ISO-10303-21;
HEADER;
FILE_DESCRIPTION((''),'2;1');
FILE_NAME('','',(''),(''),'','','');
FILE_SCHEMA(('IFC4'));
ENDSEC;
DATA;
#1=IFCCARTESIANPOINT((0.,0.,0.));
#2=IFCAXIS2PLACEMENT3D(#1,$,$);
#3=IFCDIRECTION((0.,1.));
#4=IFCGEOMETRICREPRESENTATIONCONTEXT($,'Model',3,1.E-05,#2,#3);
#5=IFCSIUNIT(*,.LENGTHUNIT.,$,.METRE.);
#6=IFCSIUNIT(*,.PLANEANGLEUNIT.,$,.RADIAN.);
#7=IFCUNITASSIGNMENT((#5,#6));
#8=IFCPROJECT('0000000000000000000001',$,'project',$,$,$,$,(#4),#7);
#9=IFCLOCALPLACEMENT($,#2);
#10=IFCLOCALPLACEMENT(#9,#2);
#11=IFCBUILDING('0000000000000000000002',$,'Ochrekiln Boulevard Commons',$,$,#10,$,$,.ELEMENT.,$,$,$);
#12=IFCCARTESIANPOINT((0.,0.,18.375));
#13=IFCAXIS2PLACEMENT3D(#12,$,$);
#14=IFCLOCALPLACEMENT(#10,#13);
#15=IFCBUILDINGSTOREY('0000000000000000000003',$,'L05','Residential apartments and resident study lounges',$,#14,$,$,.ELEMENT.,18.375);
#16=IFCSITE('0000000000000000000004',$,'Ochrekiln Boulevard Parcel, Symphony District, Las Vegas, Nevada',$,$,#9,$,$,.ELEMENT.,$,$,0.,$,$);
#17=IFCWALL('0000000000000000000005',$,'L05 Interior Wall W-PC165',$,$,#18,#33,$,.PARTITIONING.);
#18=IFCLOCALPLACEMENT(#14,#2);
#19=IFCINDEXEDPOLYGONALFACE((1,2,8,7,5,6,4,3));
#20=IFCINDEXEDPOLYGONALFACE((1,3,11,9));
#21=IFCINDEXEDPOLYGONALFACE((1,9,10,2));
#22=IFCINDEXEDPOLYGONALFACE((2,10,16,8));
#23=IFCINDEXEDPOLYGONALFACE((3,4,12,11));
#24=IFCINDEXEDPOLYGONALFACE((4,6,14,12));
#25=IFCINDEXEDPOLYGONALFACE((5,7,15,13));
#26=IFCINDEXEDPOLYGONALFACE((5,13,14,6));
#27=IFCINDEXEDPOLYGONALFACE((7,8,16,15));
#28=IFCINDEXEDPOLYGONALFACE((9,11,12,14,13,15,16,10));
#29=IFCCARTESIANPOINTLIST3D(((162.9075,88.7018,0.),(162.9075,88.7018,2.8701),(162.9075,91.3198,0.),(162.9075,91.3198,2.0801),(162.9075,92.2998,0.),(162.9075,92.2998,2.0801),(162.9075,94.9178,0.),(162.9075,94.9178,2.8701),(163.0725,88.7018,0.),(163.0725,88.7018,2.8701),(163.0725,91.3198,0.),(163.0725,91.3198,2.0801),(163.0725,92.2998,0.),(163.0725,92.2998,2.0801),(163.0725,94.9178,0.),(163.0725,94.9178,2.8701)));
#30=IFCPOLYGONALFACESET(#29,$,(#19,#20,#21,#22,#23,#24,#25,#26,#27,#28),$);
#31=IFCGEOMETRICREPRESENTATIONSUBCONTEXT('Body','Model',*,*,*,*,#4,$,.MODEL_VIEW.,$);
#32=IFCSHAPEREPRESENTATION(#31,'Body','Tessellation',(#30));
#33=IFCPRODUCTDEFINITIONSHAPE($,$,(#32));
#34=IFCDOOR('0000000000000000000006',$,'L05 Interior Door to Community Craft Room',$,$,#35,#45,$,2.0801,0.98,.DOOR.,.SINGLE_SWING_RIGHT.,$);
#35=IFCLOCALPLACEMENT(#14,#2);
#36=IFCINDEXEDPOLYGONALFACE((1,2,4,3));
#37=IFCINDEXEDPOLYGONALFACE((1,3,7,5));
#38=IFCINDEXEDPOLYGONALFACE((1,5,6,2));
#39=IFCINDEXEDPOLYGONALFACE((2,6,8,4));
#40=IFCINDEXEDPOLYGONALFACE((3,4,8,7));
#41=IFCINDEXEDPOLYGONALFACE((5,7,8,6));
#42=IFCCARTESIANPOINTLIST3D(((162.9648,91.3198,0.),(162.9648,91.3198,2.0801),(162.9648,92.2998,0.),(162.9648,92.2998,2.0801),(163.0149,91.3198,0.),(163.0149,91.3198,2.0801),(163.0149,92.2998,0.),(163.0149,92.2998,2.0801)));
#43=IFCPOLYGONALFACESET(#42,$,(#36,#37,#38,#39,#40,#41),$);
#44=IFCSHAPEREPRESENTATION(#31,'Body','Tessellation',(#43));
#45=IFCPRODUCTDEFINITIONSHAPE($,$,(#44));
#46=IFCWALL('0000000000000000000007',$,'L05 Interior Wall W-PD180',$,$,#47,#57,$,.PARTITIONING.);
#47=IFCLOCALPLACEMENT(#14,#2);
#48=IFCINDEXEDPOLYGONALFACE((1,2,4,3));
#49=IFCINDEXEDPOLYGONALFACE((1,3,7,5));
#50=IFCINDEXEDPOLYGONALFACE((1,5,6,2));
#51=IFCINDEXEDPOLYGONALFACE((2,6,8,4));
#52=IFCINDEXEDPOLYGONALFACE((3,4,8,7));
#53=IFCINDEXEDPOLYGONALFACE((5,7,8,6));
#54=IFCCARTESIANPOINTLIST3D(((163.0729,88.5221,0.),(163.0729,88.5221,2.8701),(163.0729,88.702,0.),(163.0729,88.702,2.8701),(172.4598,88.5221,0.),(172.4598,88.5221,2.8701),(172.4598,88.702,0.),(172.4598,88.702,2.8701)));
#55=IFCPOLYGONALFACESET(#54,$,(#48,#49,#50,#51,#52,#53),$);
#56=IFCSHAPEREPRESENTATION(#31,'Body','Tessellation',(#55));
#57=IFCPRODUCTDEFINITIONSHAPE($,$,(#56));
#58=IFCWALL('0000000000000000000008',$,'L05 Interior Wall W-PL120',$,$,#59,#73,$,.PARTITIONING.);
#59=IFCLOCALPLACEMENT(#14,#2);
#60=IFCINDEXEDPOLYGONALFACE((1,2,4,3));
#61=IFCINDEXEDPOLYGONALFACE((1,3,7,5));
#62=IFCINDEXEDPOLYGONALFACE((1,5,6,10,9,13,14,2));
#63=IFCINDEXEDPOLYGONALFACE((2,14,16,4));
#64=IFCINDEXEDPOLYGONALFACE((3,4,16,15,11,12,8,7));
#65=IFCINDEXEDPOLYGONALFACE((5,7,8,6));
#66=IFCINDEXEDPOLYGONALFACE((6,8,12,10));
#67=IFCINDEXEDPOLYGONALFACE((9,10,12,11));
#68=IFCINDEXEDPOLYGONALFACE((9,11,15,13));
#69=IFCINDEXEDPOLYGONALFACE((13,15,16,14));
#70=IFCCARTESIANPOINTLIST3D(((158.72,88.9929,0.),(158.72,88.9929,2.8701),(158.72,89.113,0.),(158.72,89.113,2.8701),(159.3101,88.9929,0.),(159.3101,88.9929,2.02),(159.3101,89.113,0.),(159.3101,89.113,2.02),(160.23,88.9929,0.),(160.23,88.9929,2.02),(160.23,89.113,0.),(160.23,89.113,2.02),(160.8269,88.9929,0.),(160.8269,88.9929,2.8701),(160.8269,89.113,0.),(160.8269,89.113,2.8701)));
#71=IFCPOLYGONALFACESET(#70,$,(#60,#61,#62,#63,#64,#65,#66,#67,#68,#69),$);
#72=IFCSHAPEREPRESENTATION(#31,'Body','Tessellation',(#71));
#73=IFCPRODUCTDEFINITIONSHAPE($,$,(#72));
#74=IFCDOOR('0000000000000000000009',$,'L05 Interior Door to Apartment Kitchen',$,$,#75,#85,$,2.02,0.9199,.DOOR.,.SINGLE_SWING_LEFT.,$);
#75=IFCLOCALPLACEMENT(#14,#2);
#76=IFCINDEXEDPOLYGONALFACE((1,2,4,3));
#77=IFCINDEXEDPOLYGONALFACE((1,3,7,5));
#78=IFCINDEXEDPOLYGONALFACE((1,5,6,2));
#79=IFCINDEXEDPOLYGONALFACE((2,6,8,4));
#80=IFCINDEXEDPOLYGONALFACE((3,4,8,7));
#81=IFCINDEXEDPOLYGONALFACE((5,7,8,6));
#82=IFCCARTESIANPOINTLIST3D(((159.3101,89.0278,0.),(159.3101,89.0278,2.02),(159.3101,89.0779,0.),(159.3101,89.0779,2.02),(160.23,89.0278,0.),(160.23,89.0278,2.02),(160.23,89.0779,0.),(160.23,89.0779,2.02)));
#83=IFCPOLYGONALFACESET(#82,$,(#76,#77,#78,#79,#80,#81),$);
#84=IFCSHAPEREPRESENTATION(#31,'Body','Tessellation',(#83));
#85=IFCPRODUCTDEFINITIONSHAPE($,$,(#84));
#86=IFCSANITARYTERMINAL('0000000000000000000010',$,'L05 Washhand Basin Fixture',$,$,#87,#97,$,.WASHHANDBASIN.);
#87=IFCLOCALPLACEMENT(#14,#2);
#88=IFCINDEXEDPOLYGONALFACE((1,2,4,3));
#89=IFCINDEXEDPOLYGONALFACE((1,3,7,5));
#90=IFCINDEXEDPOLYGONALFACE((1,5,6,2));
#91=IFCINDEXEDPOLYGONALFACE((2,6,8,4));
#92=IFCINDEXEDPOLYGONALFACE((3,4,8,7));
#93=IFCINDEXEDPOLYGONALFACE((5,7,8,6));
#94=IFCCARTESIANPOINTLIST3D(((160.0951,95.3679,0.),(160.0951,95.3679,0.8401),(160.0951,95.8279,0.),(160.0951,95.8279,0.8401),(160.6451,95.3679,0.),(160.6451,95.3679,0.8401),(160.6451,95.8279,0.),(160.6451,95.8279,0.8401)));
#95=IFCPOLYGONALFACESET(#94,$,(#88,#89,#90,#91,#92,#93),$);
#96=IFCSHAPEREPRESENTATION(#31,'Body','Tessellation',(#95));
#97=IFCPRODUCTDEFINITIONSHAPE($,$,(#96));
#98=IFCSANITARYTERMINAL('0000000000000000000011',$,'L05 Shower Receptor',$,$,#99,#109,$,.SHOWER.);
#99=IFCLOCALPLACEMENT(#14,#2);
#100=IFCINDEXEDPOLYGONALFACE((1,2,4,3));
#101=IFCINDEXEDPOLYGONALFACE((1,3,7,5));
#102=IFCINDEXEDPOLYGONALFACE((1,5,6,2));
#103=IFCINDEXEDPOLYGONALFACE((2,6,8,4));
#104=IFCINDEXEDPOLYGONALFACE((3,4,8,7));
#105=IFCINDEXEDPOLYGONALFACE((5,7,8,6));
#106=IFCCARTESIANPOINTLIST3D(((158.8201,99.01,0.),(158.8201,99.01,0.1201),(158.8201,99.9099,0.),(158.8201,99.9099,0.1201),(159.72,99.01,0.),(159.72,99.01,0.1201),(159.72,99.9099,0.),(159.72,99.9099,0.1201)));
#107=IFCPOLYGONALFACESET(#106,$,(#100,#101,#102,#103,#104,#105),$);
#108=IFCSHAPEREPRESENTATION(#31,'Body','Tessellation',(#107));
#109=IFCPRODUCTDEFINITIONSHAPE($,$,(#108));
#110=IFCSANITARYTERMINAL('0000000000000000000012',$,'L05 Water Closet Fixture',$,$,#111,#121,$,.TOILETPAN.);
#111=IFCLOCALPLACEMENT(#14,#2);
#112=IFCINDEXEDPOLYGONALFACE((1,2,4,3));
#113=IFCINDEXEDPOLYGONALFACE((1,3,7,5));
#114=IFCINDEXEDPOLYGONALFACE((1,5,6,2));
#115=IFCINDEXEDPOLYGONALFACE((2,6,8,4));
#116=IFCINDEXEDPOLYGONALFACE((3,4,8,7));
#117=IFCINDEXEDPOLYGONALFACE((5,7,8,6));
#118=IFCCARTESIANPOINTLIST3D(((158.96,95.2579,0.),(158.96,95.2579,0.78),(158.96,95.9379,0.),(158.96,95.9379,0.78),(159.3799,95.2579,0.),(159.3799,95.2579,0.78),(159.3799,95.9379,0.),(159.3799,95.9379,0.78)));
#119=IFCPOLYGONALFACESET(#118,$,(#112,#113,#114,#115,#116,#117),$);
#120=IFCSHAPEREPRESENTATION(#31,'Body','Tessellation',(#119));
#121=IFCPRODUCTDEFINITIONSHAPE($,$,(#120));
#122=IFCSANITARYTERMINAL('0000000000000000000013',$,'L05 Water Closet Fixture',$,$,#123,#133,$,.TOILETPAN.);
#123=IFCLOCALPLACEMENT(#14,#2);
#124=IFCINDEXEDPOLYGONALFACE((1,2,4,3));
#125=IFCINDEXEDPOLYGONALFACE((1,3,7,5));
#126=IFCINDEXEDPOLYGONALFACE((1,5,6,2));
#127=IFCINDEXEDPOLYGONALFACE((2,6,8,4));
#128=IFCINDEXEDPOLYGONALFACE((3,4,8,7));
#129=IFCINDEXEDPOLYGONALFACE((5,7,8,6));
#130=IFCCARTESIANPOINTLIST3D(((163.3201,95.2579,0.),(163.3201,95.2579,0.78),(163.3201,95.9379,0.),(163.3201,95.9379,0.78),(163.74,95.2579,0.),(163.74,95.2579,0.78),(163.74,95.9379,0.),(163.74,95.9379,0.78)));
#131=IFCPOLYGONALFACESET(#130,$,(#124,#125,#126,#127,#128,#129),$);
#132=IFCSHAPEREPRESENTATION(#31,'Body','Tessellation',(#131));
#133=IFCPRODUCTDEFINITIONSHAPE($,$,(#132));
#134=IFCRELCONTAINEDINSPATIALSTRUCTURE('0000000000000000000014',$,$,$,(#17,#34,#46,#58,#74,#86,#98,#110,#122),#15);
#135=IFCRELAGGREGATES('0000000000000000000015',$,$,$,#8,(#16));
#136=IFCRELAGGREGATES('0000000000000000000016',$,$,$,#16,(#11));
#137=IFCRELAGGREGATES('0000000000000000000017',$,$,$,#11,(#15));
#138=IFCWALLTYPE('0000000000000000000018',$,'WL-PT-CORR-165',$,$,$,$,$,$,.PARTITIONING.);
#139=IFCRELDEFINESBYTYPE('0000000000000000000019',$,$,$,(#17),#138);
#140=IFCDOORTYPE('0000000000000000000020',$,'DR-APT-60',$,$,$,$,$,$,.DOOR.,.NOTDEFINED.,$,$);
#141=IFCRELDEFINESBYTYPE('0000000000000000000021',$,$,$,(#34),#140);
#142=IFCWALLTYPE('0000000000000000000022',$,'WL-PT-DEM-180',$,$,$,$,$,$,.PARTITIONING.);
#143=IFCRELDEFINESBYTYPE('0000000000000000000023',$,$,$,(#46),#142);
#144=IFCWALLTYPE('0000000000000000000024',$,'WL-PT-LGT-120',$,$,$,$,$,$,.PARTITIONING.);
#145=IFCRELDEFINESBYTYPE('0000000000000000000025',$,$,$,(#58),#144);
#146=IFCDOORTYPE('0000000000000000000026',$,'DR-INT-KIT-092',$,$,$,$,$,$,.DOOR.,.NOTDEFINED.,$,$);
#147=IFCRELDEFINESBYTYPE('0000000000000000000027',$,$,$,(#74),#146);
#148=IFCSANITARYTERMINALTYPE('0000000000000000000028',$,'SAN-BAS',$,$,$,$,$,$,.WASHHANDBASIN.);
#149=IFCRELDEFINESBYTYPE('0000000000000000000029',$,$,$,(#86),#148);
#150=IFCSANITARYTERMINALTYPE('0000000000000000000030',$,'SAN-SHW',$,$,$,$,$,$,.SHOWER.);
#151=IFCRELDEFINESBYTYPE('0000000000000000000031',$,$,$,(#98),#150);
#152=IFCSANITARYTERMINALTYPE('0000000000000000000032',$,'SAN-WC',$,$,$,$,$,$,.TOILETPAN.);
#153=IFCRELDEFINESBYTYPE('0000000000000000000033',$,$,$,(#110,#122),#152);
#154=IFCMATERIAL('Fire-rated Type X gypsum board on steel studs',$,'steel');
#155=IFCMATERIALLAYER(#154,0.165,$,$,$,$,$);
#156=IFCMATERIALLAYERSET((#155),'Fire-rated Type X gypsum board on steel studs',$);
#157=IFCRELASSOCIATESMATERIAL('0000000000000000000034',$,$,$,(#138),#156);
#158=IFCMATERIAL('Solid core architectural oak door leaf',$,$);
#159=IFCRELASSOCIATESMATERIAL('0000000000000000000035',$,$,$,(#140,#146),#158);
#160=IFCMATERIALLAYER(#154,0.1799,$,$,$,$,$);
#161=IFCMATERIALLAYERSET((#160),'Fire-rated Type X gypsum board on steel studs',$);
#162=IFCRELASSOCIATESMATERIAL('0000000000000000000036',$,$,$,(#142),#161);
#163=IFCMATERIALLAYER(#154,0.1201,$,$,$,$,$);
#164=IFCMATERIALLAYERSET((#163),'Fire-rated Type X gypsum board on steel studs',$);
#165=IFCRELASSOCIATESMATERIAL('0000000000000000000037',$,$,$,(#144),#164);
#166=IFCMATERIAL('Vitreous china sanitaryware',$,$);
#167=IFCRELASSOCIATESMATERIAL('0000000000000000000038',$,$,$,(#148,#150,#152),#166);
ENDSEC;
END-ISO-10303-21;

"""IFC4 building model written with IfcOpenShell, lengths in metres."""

from ifc_helpers import new_model, si_unit, direction, frame, frame_2d, origin, origin_2d, place, context, subcontext, project, spatial, rectangle, extrude, material, layer, layer_set, type_object, element, fill, save


model = new_model("IFC4")

# Units and contexts
model_context = context("Model", 3, precision=1e-05, world=origin(), true_north=direction((0.0, 1.0)))
body_context = subcontext(model_context, "Body", "Model", "MODEL_VIEW")
ifc_project = project(units=[si_unit("LENGTHUNIT", "METRE"), si_unit("PLANEANGLEUNIT", "RADIAN")], contexts=[model_context])

# Site, building, storey
site_placement = place(None, origin())
site = spatial("IfcSite", under=ifc_project, at=site_placement, Name="Ochrekiln Boulevard Parcel, Symphony District, Las Vegas, Nevada", CompositionType="ELEMENT", RefElevation=0.0)
building_placement = place(site_placement, origin())
building = spatial("IfcBuilding", under=site, at=building_placement, Name="Ochrekiln Boulevard Commons", CompositionType="ELEMENT")
storey_placement = place(building_placement, frame((0.0, 0.0, 18.375)))
storey = spatial("IfcBuildingStorey", under=building, at=storey_placement, Name="L05", Description="Residential apartments and resident study lounges", CompositionType="ELEMENT", Elevation=18.375)

# Shared definitions
ifc_material_1 = material(Name="Solid core architectural oak door leaf")

# Shared definitions
ifc_material_2 = material(Name="Fire-rated Type X gypsum board on steel studs", Category="steel")
ifc_layer_1 = layer(ifc_material_2, 0.165)
ifc_layer_set_1 = layer_set([ifc_layer_1], Name="Fire-rated Type X gypsum board on steel studs")
wall_type_1 = type_object("IfcWallType", Name="WL-PT-CORR-165", PredefinedType="PARTITIONING", material=ifc_layer_set_1)

# Wall, opening, door
wall_1_placement = place(storey_placement, frame((162.99, 88.7019, 0.0), z_axis=(0.0, 0.0, 1.0), x_axis=(0.0, 1.0, 0.0)))
wall_1 = element("IfcWall", 1, at=wall_1_placement, inside=storey, type_object=wall_type_1, Name="L05 Interior Wall W-PC165", PredefinedType="PARTITIONING", context=body_context, shape_type="SweptSolid", body=[
    extrude(rectangle(XDim=6.2161, YDim=0.165, at=frame_2d((3.1079, 0.0))), origin(), (0.0, 0.0, 1.0), 2.8701),
])
opening_1_placement = place(wall_1_placement, frame((2.6179, 0.0, 0.0)))
opening_1 = element("IfcOpeningElement", 2, at=opening_1_placement, cuts=wall_1, PredefinedType="OPENING", context=body_context, shape_type="SweptSolid", body=[
    extrude(rectangle(XDim=0.98, YDim=2.0801, at=frame_2d((0.49, 1.04))), frame((0.0, 0.0925, 0.0), z_axis=(0.0, -1.0, 0.0), x_axis=(1.0, 0.0, 0.0)), (0.0, 0.0, 1.0), 0.1851),
])
door_type_1 = type_object("IfcDoorType", Name="DR-APT-60", OperationType="NOTDEFINED", PredefinedType="DOOR", material=ifc_material_1)
door_1_placement = place(opening_1_placement, frame((0.98, 0.0, 0.0), z_axis=(0.0, 0.0, 1.0), x_axis=(-1.0, 0.0, 0.0)))
door_1 = element("IfcDoor", 3, at=door_1_placement, inside=storey, type_object=door_type_1, Name="L05 Interior Door to Community Craft Room", OperationType="SINGLE_SWING_RIGHT", OverallHeight=2.0801, OverallWidth=0.98, PredefinedType="DOOR", context=body_context, shape_type="SweptSolid", body=[
    extrude(rectangle(XDim=0.98, YDim=2.0801, at=frame_2d((0.49, 1.04))), frame((0.0, 0.0249, 0.0), z_axis=(0.0, -1.0, 0.0), x_axis=(1.0, 0.0, 0.0)), (0.0, 0.0, 1.0), 0.05),
])
fill(opening_1, door_1)

# Wall
ifc_layer_2 = layer(ifc_material_2, 0.1799)
ifc_layer_set_2 = layer_set([ifc_layer_2], Name="Fire-rated Type X gypsum board on steel studs")
wall_type_2 = type_object("IfcWallType", Name="WL-PT-DEM-180", PredefinedType="PARTITIONING", material=ifc_layer_set_2)
wall_2_placement = place(storey_placement, frame((163.073, 88.6121, 0.0), z_axis=(0.0, 0.0, 1.0), x_axis=(1.0, 0.0, 0.0)))
element("IfcWall", 4, at=wall_2_placement, inside=storey, type_object=wall_type_2, Name="L05 Interior Wall W-PD180", PredefinedType="PARTITIONING", context=body_context, shape_type="SweptSolid", body=[
    extrude(rectangle(XDim=9.387, YDim=0.1799, at=frame_2d((4.6934, 0.0))), origin(), (0.0, 0.0, 1.0), 2.8701),
])

# Wall, opening, door
ifc_layer_3 = layer(ifc_material_2, 0.1201)
ifc_layer_set_3 = layer_set([ifc_layer_3], Name="Fire-rated Type X gypsum board on steel studs")
wall_type_3 = type_object("IfcWallType", Name="WL-PT-LGT-120", PredefinedType="PARTITIONING", material=ifc_layer_set_3)
wall_3_placement = place(storey_placement, frame((158.72, 89.053, 0.0), z_axis=(0.0, 0.0, 1.0), x_axis=(1.0, 0.0, 0.0)))
wall_3 = element("IfcWall", 5, at=wall_3_placement, inside=storey, type_object=wall_type_3, Name="L05 Interior Wall W-PL120", PredefinedType="PARTITIONING", context=body_context, shape_type="SweptSolid", body=[
    extrude(rectangle(XDim=2.1069, YDim=0.1201, at=frame_2d((1.0535, 0.0))), origin(), (0.0, 0.0, 1.0), 2.8701),
])
opening_2_placement = place(wall_3_placement, frame((0.5901, 0.0, 0.0)))
opening_2 = element("IfcOpeningElement", 6, at=opening_2_placement, cuts=wall_3, PredefinedType="OPENING", context=body_context, shape_type="SweptSolid", body=[
    extrude(rectangle(XDim=0.9199, YDim=2.02, at=frame_2d((0.46, 1.01))), frame((0.0, 0.0701, 0.0), z_axis=(0.0, -1.0, 0.0), x_axis=(1.0, 0.0, 0.0)), (0.0, 0.0, 1.0), 0.1401),
])
door_type_2 = type_object("IfcDoorType", Name="DR-INT-KIT-092", OperationType="NOTDEFINED", PredefinedType="DOOR", material=ifc_material_1)
door_2_placement = place(opening_2_placement, origin())
door_2 = element("IfcDoor", 7, at=door_2_placement, inside=storey, type_object=door_type_2, Name="L05 Interior Door to Apartment Kitchen", OperationType="SINGLE_SWING_LEFT", OverallHeight=2.02, OverallWidth=0.9199, PredefinedType="DOOR", context=body_context, shape_type="SweptSolid", body=[
    extrude(rectangle(XDim=0.9199, YDim=2.02, at=frame_2d((0.46, 1.01))), frame((0.0, 0.0249, 0.0), z_axis=(0.0, -1.0, 0.0), x_axis=(1.0, 0.0, 0.0)), (0.0, 0.0, 1.0), 0.05),
])
fill(opening_2, door_2)

# Sanitary terminals
ifc_material_3 = material(Name="Vitreous china sanitaryware")
sanitary_terminal_type_1 = type_object("IfcSanitaryTerminalType", Name="SAN-BAS", PredefinedType="WASHHANDBASIN", material=ifc_material_3)
sanitary_terminal_1_placement = place(storey_placement, frame((160.3701, 95.5979, 0.0), z_axis=(0.0, 0.0, 1.0), x_axis=(1.0, 0.0, 0.0)))
element("IfcSanitaryTerminal", 8, at=sanitary_terminal_1_placement, inside=storey, type_object=sanitary_terminal_type_1, Name="L05 Washhand Basin Fixture", PredefinedType="WASHHANDBASIN", context=body_context, shape_type="SweptSolid", body=[
    extrude(rectangle(XDim=0.55, YDim=0.46, at=origin_2d()), origin(), (0.0, 0.0, 1.0), 0.8401),
])
sanitary_terminal_type_2 = type_object("IfcSanitaryTerminalType", Name="SAN-SHW", PredefinedType="SHOWER", material=ifc_material_3)
sanitary_terminal_2_placement = place(storey_placement, frame((159.27, 99.46, 0.0), z_axis=(0.0, 0.0, 1.0), x_axis=(1.0, 0.0, 0.0)))
element("IfcSanitaryTerminal", 9, at=sanitary_terminal_2_placement, inside=storey, type_object=sanitary_terminal_type_2, Name="L05 Shower Receptor", PredefinedType="SHOWER", context=body_context, shape_type="SweptSolid", body=[
    extrude(rectangle(XDim=0.8999, YDim=0.8999, at=origin_2d()), origin(), (0.0, 0.0, 1.0), 0.1201),
])
sanitary_terminal_type_3 = type_object("IfcSanitaryTerminalType", Name="SAN-WC", PredefinedType="TOILETPAN", material=ifc_material_3)
for number, where, z_axis, x_axis, name in (
    (10, (159.1699, 95.5979, 0.0), (0.0, 0.0, 1.0), (1.0, 0.0, 0.0), "L05 Water Closet Fixture"),
    (11, (163.53, 95.5979, 0.0), (0.0, 0.0, 1.0), (1.0, 0.0, 0.0), "L05 Water Closet Fixture"),
):
    element("IfcSanitaryTerminal", number, at=place(storey_placement, frame(where, z_axis=z_axis, x_axis=x_axis)), inside=storey, type_object=sanitary_terminal_type_3, Name=name, PredefinedType="TOILETPAN", context=body_context, shape_type="SweptSolid", body=[
        extrude(rectangle(XDim=0.4199, YDim=0.6799, at=origin_2d()), origin(), (0.0, 0.0, 1.0), 0.78),
    ])

save(model, "model.ifc")
